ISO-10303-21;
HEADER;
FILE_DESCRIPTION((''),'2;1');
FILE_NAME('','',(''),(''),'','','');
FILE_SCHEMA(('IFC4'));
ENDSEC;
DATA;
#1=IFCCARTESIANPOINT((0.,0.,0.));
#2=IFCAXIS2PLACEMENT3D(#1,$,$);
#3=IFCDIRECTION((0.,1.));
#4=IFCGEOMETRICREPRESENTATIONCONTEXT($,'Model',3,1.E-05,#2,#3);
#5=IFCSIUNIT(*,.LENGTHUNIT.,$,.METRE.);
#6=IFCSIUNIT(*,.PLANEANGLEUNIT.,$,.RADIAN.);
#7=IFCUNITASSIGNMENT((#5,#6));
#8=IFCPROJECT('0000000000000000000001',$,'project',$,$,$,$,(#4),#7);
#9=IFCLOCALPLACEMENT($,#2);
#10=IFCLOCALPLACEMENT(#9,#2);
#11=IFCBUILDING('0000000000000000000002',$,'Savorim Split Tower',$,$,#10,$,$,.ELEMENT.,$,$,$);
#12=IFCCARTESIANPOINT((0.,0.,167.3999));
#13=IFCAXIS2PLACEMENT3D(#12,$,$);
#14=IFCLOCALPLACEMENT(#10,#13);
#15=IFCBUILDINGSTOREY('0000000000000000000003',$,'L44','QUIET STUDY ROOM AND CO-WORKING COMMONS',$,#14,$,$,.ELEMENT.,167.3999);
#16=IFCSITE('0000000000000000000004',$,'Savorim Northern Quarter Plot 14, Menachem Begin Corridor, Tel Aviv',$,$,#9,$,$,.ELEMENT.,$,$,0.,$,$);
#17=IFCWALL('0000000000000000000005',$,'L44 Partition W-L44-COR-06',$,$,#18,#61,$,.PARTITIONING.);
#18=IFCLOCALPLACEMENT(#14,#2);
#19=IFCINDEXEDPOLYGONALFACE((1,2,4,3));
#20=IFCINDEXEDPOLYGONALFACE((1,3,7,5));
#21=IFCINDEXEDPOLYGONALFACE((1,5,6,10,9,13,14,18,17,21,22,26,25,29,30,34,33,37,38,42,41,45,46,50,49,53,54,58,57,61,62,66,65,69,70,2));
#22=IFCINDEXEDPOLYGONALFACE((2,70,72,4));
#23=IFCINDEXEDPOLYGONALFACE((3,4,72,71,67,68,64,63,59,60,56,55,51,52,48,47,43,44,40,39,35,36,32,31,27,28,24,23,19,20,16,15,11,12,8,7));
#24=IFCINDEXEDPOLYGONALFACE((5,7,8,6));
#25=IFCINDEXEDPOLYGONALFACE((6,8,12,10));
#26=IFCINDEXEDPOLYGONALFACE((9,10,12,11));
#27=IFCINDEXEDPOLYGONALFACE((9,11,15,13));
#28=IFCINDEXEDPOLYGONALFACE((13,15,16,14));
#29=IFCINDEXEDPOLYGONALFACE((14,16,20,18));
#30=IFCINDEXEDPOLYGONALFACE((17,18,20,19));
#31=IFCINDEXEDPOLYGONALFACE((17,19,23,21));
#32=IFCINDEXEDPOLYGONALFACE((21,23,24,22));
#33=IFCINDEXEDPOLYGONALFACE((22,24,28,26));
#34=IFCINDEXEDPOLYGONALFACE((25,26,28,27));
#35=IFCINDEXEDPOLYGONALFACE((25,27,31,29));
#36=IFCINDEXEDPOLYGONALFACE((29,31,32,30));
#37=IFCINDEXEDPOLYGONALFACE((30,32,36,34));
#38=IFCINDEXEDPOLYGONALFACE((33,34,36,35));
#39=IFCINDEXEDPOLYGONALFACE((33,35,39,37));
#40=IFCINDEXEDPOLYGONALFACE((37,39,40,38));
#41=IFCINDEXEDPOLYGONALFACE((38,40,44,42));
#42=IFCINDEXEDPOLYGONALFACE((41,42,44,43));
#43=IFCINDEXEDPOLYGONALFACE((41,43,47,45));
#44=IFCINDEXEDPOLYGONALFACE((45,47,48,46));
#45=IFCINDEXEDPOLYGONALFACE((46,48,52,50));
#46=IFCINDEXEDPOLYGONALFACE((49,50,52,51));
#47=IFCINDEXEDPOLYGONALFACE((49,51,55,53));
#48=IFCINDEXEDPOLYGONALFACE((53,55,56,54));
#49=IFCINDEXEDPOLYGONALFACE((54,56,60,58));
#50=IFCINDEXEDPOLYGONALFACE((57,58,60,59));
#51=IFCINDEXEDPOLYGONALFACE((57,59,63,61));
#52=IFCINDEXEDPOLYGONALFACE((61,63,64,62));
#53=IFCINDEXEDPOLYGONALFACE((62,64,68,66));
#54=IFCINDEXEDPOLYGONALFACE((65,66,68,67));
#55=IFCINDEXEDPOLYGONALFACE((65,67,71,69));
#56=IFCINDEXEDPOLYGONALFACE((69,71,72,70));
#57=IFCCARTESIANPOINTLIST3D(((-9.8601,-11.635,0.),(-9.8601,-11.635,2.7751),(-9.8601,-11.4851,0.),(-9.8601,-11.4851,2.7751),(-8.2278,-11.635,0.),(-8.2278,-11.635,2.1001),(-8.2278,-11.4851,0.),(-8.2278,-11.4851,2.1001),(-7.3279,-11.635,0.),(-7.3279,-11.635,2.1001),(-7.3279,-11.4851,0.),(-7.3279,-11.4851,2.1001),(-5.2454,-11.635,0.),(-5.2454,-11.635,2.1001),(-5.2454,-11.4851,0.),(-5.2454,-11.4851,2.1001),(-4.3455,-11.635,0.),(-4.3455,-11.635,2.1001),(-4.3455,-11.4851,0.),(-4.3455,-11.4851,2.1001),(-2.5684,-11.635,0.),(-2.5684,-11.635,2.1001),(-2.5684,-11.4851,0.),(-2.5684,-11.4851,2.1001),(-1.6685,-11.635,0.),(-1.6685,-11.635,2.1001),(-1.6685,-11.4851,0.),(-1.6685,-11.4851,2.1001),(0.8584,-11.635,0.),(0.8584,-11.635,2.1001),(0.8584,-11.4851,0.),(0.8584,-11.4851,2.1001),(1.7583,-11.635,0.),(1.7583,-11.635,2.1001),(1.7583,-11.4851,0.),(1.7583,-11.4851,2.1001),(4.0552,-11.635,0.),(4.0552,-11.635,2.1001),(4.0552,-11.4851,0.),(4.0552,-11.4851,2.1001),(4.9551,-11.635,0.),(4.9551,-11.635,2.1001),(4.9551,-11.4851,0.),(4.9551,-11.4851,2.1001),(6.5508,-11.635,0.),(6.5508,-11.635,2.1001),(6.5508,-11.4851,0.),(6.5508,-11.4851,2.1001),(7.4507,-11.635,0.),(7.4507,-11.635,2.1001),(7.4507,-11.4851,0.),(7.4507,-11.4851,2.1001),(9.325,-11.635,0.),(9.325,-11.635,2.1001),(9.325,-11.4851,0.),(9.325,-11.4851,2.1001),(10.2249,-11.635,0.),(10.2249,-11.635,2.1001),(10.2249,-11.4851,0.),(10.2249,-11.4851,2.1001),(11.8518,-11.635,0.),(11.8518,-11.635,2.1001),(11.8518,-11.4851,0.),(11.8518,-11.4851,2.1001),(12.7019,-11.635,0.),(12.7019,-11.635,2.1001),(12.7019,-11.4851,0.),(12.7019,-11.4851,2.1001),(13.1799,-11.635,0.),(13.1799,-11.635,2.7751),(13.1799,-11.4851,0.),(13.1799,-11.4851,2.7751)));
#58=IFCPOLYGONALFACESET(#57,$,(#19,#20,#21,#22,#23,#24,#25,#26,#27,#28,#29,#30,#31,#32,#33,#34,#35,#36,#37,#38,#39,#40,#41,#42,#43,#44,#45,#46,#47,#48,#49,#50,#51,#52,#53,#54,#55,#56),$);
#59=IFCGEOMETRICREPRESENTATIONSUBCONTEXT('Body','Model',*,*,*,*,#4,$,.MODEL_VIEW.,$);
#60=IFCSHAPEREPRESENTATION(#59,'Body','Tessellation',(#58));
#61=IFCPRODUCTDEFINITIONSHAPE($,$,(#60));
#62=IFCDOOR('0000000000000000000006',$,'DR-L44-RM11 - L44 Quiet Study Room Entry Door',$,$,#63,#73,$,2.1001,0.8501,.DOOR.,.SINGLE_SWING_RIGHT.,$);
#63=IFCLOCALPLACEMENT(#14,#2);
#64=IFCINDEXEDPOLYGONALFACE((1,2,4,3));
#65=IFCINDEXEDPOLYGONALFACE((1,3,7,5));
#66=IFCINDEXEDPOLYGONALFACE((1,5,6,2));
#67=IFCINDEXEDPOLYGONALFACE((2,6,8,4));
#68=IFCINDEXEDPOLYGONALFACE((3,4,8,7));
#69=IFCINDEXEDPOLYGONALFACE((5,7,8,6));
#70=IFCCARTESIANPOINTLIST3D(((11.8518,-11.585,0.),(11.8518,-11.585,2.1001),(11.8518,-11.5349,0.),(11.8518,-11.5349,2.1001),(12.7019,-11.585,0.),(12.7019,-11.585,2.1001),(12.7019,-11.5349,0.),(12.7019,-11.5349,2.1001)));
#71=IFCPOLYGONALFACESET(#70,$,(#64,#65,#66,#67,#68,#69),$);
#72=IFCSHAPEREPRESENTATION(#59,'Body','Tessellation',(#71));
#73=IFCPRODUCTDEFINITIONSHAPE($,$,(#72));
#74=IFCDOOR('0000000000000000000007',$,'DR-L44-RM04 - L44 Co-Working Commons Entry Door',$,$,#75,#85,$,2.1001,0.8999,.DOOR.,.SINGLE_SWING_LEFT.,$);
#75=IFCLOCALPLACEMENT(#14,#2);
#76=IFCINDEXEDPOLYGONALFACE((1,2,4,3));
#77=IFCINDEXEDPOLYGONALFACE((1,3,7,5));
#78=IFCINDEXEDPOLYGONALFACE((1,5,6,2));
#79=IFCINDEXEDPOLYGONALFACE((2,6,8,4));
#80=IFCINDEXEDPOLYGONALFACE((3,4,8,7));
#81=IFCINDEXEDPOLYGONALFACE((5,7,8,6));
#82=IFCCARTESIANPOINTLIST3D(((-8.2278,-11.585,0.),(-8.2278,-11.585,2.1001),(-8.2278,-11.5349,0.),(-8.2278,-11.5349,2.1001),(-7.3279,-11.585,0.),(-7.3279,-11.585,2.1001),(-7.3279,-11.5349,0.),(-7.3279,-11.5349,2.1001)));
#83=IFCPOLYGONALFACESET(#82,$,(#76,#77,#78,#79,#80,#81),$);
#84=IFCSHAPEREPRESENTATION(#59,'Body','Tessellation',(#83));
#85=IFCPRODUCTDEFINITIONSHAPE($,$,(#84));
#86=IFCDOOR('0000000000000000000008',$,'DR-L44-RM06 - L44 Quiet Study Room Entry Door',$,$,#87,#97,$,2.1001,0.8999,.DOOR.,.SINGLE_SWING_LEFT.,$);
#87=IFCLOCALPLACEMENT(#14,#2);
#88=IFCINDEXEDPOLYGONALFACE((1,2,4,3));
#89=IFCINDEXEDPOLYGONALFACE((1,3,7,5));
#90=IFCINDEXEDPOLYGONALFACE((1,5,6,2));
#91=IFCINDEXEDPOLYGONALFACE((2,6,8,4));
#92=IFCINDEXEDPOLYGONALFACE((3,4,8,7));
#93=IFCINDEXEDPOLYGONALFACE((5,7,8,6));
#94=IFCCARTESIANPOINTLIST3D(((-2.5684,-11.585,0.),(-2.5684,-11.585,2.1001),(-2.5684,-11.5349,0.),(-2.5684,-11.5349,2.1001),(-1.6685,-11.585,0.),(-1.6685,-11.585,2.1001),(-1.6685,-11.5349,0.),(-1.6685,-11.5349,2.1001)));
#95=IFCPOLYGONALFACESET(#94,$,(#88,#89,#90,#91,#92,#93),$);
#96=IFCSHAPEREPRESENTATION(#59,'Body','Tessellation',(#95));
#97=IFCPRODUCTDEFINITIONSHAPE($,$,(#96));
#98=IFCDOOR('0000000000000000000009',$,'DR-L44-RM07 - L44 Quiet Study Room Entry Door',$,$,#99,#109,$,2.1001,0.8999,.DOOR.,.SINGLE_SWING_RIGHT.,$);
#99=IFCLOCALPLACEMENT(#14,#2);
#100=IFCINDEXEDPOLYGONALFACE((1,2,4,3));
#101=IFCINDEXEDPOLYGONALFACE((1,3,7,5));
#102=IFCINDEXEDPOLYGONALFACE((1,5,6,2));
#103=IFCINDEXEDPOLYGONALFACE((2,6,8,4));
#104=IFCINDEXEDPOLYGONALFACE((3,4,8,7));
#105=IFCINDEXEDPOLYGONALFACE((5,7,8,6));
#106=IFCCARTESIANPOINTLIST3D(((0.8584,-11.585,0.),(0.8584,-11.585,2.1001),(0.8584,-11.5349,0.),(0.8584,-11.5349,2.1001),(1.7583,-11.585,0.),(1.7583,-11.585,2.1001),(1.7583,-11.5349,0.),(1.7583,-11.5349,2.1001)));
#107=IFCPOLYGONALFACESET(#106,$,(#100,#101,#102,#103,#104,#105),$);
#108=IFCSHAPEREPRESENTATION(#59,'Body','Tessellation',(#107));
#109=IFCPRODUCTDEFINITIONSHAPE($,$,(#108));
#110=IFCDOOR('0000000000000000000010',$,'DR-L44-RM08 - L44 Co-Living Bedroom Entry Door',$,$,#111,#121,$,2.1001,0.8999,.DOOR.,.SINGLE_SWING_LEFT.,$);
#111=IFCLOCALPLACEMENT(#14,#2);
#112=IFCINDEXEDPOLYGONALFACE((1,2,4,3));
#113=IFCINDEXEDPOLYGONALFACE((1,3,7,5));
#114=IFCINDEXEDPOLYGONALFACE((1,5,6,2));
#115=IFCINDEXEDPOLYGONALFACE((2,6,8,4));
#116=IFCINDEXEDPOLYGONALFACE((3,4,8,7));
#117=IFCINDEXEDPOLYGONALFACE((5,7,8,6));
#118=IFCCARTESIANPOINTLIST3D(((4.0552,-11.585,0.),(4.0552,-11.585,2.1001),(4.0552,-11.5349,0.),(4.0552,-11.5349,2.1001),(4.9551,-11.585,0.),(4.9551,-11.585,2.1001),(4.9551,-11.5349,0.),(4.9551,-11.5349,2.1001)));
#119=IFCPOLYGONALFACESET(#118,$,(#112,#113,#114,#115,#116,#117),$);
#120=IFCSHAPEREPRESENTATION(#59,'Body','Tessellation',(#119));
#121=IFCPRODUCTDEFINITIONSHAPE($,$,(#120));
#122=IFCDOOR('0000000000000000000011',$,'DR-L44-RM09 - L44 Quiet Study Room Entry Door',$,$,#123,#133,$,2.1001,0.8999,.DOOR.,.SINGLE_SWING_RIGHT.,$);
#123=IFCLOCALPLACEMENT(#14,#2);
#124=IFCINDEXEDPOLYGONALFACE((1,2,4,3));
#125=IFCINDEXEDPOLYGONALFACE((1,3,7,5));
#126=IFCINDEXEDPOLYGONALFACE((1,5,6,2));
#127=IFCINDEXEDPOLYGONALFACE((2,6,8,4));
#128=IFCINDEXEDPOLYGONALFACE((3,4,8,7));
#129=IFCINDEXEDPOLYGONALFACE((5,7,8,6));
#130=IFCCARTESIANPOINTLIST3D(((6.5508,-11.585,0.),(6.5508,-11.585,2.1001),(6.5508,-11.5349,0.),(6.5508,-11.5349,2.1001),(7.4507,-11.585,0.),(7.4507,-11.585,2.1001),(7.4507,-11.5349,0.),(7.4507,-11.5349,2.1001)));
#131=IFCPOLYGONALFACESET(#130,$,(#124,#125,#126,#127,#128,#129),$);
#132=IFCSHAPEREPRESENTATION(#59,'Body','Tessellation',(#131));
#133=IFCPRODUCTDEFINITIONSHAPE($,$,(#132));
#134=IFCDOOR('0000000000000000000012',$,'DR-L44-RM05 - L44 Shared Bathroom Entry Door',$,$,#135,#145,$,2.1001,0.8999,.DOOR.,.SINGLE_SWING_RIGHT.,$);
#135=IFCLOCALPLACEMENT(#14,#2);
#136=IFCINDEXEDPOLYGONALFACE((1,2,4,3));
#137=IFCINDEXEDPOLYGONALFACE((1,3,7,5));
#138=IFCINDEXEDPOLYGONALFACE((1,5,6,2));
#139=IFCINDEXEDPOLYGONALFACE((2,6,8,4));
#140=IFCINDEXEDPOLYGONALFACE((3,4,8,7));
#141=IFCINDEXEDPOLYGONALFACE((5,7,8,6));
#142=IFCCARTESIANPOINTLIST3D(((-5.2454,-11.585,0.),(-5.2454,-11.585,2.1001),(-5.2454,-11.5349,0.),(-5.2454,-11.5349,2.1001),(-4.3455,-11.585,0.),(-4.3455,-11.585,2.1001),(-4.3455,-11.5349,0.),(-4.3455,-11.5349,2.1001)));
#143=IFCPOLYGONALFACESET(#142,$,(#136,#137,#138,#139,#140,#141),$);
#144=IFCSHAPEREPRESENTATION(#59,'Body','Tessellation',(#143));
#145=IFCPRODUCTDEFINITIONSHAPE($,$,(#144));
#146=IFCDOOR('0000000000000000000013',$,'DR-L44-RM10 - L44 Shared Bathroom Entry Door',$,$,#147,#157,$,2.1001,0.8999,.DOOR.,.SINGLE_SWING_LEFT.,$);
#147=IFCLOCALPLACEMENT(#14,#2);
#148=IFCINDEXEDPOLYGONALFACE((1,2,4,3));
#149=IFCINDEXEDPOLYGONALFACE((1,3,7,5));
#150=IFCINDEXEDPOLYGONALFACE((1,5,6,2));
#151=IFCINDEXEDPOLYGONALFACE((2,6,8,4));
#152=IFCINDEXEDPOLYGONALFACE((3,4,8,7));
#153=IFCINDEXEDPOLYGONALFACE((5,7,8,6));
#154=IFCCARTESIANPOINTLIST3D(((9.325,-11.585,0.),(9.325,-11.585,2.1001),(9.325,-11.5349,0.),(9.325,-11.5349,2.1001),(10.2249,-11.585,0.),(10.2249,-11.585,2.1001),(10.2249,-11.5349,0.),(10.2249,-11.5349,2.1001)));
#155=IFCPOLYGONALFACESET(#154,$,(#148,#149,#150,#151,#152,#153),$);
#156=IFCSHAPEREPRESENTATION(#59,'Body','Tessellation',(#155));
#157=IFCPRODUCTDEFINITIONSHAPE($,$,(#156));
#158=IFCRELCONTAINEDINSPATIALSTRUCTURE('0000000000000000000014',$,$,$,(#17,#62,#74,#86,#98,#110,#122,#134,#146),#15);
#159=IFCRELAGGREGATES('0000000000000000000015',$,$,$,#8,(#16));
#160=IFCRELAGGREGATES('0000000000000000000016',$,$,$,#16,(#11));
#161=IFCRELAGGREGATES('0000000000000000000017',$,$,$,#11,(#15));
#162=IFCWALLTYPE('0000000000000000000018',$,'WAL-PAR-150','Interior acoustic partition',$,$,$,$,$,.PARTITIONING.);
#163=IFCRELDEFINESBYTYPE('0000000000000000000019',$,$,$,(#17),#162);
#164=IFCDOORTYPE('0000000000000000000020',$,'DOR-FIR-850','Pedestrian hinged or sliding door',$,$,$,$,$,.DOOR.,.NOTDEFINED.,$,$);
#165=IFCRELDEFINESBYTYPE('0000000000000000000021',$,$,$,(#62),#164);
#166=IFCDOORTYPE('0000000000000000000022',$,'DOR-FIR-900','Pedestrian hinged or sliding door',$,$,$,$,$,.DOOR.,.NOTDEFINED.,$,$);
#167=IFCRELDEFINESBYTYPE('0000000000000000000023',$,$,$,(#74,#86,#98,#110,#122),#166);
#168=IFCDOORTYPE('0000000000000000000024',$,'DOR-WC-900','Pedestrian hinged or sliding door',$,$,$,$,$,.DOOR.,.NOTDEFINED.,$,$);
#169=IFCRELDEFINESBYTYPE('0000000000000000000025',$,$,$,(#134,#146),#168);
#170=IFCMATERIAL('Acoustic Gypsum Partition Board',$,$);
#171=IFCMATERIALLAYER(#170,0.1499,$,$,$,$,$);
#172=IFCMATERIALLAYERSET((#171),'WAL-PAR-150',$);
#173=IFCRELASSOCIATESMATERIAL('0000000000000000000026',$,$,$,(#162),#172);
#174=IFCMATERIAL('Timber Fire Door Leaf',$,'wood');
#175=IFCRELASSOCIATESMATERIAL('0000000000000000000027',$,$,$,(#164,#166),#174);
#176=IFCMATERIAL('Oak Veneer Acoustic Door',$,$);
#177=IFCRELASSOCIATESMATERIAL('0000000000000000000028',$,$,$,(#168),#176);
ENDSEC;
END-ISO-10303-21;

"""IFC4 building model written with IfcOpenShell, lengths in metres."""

from ifc_helpers import new_model, si_unit, direction, frame, frame_2d, origin, place, context, subcontext, project, spatial, rectangle, extrude, material, layer, layer_set, type_object, element, fill, save


model = new_model("IFC4")

# Units and contexts
model_context = context("Model", 3, precision=1e-05, world=origin(), true_north=direction((0.0, 1.0)))
body_context = subcontext(model_context, "Body", "Model", "MODEL_VIEW")
ifc_project = project(units=[si_unit("LENGTHUNIT", "METRE"), si_unit("PLANEANGLEUNIT", "RADIAN")], contexts=[model_context])

# Site, building, storey
site_placement = place(None, origin())
site = spatial("IfcSite", under=ifc_project, at=site_placement, Name="Savorim Northern Quarter Plot 14, Menachem Begin Corridor, Tel Aviv", CompositionType="ELEMENT", RefElevation=0.0)
building_placement = place(site_placement, origin())
building = spatial("IfcBuilding", under=site, at=building_placement, Name="Savorim Split Tower", CompositionType="ELEMENT")
storey_placement = place(building_placement, frame((0.0, 0.0, 167.3999)))
storey = spatial("IfcBuildingStorey", under=building, at=storey_placement, Name="L44", Description="QUIET STUDY ROOM AND CO-WORKING COMMONS", CompositionType="ELEMENT", Elevation=167.3999)

# Wall, openings, doors
ifc_material_1 = material(Name="Acoustic Gypsum Partition Board")
ifc_layer_1 = layer(ifc_material_1, 0.1499)
ifc_layer_set_1 = layer_set([ifc_layer_1], Name="WAL-PAR-150")
wall_type_1 = type_object("IfcWallType", Name="WAL-PAR-150", Description="Interior acoustic partition", PredefinedType="PARTITIONING", material=ifc_layer_set_1)
wall_1_placement = place(storey_placement, frame((13.1799, -11.5601, 0.0), z_axis=(0.0, 0.0, 1.0), x_axis=(-1.0, 0.0, 0.0)))
wall_1 = element("IfcWall", 1, at=wall_1_placement, inside=storey, type_object=wall_type_1, Name="L44 Partition W-L44-COR-06", PredefinedType="PARTITIONING", context=body_context, shape_type="SweptSolid", body=[
    extrude(rectangle(XDim=23.04, YDim=0.1499, at=frame_2d((11.52, 0.0))), origin(), (0.0, 0.0, 1.0), 2.7751),
])
opening_1_placement = place(wall_1_placement, frame((20.5078, 0.0, 0.0)))
opening_1 = element("IfcOpeningElement", 2, at=opening_1_placement, cuts=wall_1, PredefinedType="OPENING", context=body_context, shape_type="SweptSolid", body=[
    extrude(rectangle(XDim=0.8999, YDim=2.1001, at=frame_2d((0.45, 1.05))), frame((0.0, 0.085, 0.0), z_axis=(0.0, -1.0, 0.0), x_axis=(1.0, 0.0, 0.0)), (0.0, 0.0, 1.0), 0.1699),
])
opening_2_placement = place(wall_1_placement, frame((17.5254, 0.0, 0.0)))
opening_2 = element("IfcOpeningElement", 3, at=opening_2_placement, cuts=wall_1, PredefinedType="OPENING", context=body_context, shape_type="SweptSolid", body=[
    extrude(rectangle(XDim=0.8999, YDim=2.1001, at=frame_2d((0.45, 1.05))), frame((0.0, 0.085, 0.0), z_axis=(0.0, -1.0, 0.0), x_axis=(1.0, 0.0, 0.0)), (0.0, 0.0, 1.0), 0.1699),
])
opening_3_placement = place(wall_1_placement, frame((14.8484, 0.0, 0.0)))
opening_3 = element("IfcOpeningElement", 4, at=opening_3_placement, cuts=wall_1, PredefinedType="OPENING", context=body_context, shape_type="SweptSolid", body=[
    extrude(rectangle(XDim=0.8999, YDim=2.1001, at=frame_2d((0.45, 1.05))), frame((0.0, 0.085, 0.0), z_axis=(0.0, -1.0, 0.0), x_axis=(1.0, 0.0, 0.0)), (0.0, 0.0, 1.0), 0.1699),
])
opening_4_placement = place(wall_1_placement, frame((11.4216, 0.0, 0.0)))
opening_4 = element("IfcOpeningElement", 5, at=opening_4_placement, cuts=wall_1, PredefinedType="OPENING", context=body_context, shape_type="SweptSolid", body=[
    extrude(rectangle(XDim=0.8999, YDim=2.1001, at=frame_2d((0.45, 1.05))), frame((0.0, 0.085, 0.0), z_axis=(0.0, -1.0, 0.0), x_axis=(1.0, 0.0, 0.0)), (0.0, 0.0, 1.0), 0.1699),
])
opening_5_placement = place(wall_1_placement, frame((8.2249, 0.0, 0.0)))
opening_5 = element("IfcOpeningElement", 6, at=opening_5_placement, cuts=wall_1, PredefinedType="OPENING", context=body_context, shape_type="SweptSolid", body=[
    extrude(rectangle(XDim=0.8999, YDim=2.1001, at=frame_2d((0.45, 1.05))), frame((0.0, 0.085, 0.0), z_axis=(0.0, -1.0, 0.0), x_axis=(1.0, 0.0, 0.0)), (0.0, 0.0, 1.0), 0.1699),
])
opening_6_placement = place(wall_1_placement, frame((5.7292, 0.0, 0.0)))
opening_6 = element("IfcOpeningElement", 7, at=opening_6_placement, cuts=wall_1, PredefinedType="OPENING", context=body_context, shape_type="SweptSolid", body=[
    extrude(rectangle(XDim=0.8999, YDim=2.1001, at=frame_2d((0.45, 1.05))), frame((0.0, 0.085, 0.0), z_axis=(0.0, -1.0, 0.0), x_axis=(1.0, 0.0, 0.0)), (0.0, 0.0, 1.0), 0.1699),
])
opening_7_placement = place(wall_1_placement, frame((2.9551, 0.0, 0.0)))
opening_7 = element("IfcOpeningElement", 8, at=opening_7_placement, cuts=wall_1, PredefinedType="OPENING", context=body_context, shape_type="SweptSolid", body=[
    extrude(rectangle(XDim=0.8999, YDim=2.1001, at=frame_2d((0.45, 1.05))), frame((0.0, 0.085, 0.0), z_axis=(0.0, -1.0, 0.0), x_axis=(1.0, 0.0, 0.0)), (0.0, 0.0, 1.0), 0.1699),
])
opening_8_placement = place(wall_1_placement, frame((0.478, 0.0, 0.0)))
opening_8 = element("IfcOpeningElement", 9, at=opening_8_placement, cuts=wall_1, PredefinedType="OPENING", context=body_context, shape_type="SweptSolid", body=[
    extrude(rectangle(XDim=0.8501, YDim=2.1001, at=frame_2d((0.425, 1.05))), frame((0.0, 0.085, 0.0), z_axis=(0.0, -1.0, 0.0), x_axis=(1.0, 0.0, 0.0)), (0.0, 0.0, 1.0), 0.1699),
])
ifc_material_2 = material(Name="Timber Fire Door Leaf", Category="wood")
door_type_1 = type_object("IfcDoorType", Name="DOR-FIR-850", Description="Pedestrian hinged or sliding door", OperationType="NOTDEFINED", PredefinedType="DOOR", material=ifc_material_2)
door_1_placement = place(opening_8_placement, origin())
door_1 = element("IfcDoor", 10, at=door_1_placement, inside=storey, type_object=door_type_1, Name="DR-L44-RM11 - L44 Quiet Study Room Entry Door", OperationType="SINGLE_SWING_RIGHT", OverallHeight=2.1001, OverallWidth=0.8501, PredefinedType="DOOR", context=body_context, shape_type="SweptSolid", body=[
    extrude(rectangle(XDim=0.8501, YDim=2.1001, at=frame_2d((0.425, 1.05))), frame((0.0, 0.0249, 0.0), z_axis=(0.0, -1.0, 0.0), x_axis=(1.0, 0.0, 0.0)), (0.0, 0.0, 1.0), 0.05),
])
fill(opening_8, door_1)
door_type_2 = type_object("IfcDoorType", Name="DOR-FIR-900", Description="Pedestrian hinged or sliding door", OperationType="NOTDEFINED", PredefinedType="DOOR", material=ifc_material_2)
door_2_placement = place(opening_1_placement, origin())
door_2 = element("IfcDoor", 11, at=door_2_placement, inside=storey, type_object=door_type_2, Name="DR-L44-RM04 - L44 Co-Working Commons Entry Door", OperationType="SINGLE_SWING_LEFT", OverallHeight=2.1001, OverallWidth=0.8999, PredefinedType="DOOR", context=body_context, shape_type="SweptSolid", body=[
    extrude(rectangle(XDim=0.8999, YDim=2.1001, at=frame_2d((0.45, 1.05))), frame((0.0, 0.0249, 0.0), z_axis=(0.0, -1.0, 0.0), x_axis=(1.0, 0.0, 0.0)), (0.0, 0.0, 1.0), 0.05),
])
fill(opening_1, door_2)
door_3_placement = place(opening_3_placement, origin())
door_3 = element("IfcDoor", 12, at=door_3_placement, inside=storey, type_object=door_type_2, Name="DR-L44-RM06 - L44 Quiet Study Room Entry Door", OperationType="SINGLE_SWING_LEFT", OverallHeight=2.1001, OverallWidth=0.8999, PredefinedType="DOOR", context=body_context, shape_type="SweptSolid", body=[
    extrude(rectangle(XDim=0.8999, YDim=2.1001, at=frame_2d((0.45, 1.05))), frame((0.0, 0.0249, 0.0), z_axis=(0.0, -1.0, 0.0), x_axis=(1.0, 0.0, 0.0)), (0.0, 0.0, 1.0), 0.05),
])
fill(opening_3, door_3)
door_4_placement = place(opening_4_placement, origin())
door_4 = element("IfcDoor", 13, at=door_4_placement, inside=storey, type_object=door_type_2, Name="DR-L44-RM07 - L44 Quiet Study Room Entry Door", OperationType="SINGLE_SWING_RIGHT", OverallHeight=2.1001, OverallWidth=0.8999, PredefinedType="DOOR", context=body_context, shape_type="SweptSolid", body=[
    extrude(rectangle(XDim=0.8999, YDim=2.1001, at=frame_2d((0.45, 1.05))), frame((0.0, 0.0249, 0.0), z_axis=(0.0, -1.0, 0.0), x_axis=(1.0, 0.0, 0.0)), (0.0, 0.0, 1.0), 0.05),
])
fill(opening_4, door_4)
door_5_placement = place(opening_5_placement, origin())
door_5 = element("IfcDoor", 14, at=door_5_placement, inside=storey, type_object=door_type_2, Name="DR-L44-RM08 - L44 Co-Living Bedroom Entry Door", OperationType="SINGLE_SWING_LEFT", OverallHeight=2.1001, OverallWidth=0.8999, PredefinedType="DOOR", context=body_context, shape_type="SweptSolid", body=[
    extrude(rectangle(XDim=0.8999, YDim=2.1001, at=frame_2d((0.45, 1.05))), frame((0.0, 0.0249, 0.0), z_axis=(0.0, -1.0, 0.0), x_axis=(1.0, 0.0, 0.0)), (0.0, 0.0, 1.0), 0.05),
])
fill(opening_5, door_5)
door_6_placement = place(opening_6_placement, origin())
door_6 = element("IfcDoor", 15, at=door_6_placement, inside=storey, type_object=door_type_2, Name="DR-L44-RM09 - L44 Quiet Study Room Entry Door", OperationType="SINGLE_SWING_RIGHT", OverallHeight=2.1001, OverallWidth=0.8999, PredefinedType="DOOR", context=body_context, shape_type="SweptSolid", body=[
    extrude(rectangle(XDim=0.8999, YDim=2.1001, at=frame_2d((0.45, 1.05))), frame((0.0, 0.0249, 0.0), z_axis=(0.0, -1.0, 0.0), x_axis=(1.0, 0.0, 0.0)), (0.0, 0.0, 1.0), 0.05),
])
fill(opening_6, door_6)
ifc_material_3 = material(Name="Oak Veneer Acoustic Door")
door_type_3 = type_object("IfcDoorType", Name="DOR-WC-900", Description="Pedestrian hinged or sliding door", OperationType="NOTDEFINED", PredefinedType="DOOR", material=ifc_material_3)
door_7_placement = place(opening_2_placement, origin())
door_7 = element("IfcDoor", 16, at=door_7_placement, inside=storey, type_object=door_type_3, Name="DR-L44-RM05 - L44 Shared Bathroom Entry Door", OperationType="SINGLE_SWING_RIGHT", OverallHeight=2.1001, OverallWidth=0.8999, PredefinedType="DOOR", context=body_context, shape_type="SweptSolid", body=[
    extrude(rectangle(XDim=0.8999, YDim=2.1001, at=frame_2d((0.45, 1.05))), frame((0.0, 0.0249, 0.0), z_axis=(0.0, -1.0, 0.0), x_axis=(1.0, 0.0, 0.0)), (0.0, 0.0, 1.0), 0.05),
])
fill(opening_2, door_7)
door_8_placement = place(opening_7_placement, origin())
door_8 = element("IfcDoor", 17, at=door_8_placement, inside=storey, type_object=door_type_3, Name="DR-L44-RM10 - L44 Shared Bathroom Entry Door", OperationType="SINGLE_SWING_LEFT", OverallHeight=2.1001, OverallWidth=0.8999, PredefinedType="DOOR", context=body_context, shape_type="SweptSolid", body=[
    extrude(rectangle(XDim=0.8999, YDim=2.1001, at=frame_2d((0.45, 1.05))), frame((0.0, 0.0249, 0.0), z_axis=(0.0, -1.0, 0.0), x_axis=(1.0, 0.0, 0.0)), (0.0, 0.0, 1.0), 0.05),
])
fill(opening_7, door_8)

save(model, "model.ifc")
